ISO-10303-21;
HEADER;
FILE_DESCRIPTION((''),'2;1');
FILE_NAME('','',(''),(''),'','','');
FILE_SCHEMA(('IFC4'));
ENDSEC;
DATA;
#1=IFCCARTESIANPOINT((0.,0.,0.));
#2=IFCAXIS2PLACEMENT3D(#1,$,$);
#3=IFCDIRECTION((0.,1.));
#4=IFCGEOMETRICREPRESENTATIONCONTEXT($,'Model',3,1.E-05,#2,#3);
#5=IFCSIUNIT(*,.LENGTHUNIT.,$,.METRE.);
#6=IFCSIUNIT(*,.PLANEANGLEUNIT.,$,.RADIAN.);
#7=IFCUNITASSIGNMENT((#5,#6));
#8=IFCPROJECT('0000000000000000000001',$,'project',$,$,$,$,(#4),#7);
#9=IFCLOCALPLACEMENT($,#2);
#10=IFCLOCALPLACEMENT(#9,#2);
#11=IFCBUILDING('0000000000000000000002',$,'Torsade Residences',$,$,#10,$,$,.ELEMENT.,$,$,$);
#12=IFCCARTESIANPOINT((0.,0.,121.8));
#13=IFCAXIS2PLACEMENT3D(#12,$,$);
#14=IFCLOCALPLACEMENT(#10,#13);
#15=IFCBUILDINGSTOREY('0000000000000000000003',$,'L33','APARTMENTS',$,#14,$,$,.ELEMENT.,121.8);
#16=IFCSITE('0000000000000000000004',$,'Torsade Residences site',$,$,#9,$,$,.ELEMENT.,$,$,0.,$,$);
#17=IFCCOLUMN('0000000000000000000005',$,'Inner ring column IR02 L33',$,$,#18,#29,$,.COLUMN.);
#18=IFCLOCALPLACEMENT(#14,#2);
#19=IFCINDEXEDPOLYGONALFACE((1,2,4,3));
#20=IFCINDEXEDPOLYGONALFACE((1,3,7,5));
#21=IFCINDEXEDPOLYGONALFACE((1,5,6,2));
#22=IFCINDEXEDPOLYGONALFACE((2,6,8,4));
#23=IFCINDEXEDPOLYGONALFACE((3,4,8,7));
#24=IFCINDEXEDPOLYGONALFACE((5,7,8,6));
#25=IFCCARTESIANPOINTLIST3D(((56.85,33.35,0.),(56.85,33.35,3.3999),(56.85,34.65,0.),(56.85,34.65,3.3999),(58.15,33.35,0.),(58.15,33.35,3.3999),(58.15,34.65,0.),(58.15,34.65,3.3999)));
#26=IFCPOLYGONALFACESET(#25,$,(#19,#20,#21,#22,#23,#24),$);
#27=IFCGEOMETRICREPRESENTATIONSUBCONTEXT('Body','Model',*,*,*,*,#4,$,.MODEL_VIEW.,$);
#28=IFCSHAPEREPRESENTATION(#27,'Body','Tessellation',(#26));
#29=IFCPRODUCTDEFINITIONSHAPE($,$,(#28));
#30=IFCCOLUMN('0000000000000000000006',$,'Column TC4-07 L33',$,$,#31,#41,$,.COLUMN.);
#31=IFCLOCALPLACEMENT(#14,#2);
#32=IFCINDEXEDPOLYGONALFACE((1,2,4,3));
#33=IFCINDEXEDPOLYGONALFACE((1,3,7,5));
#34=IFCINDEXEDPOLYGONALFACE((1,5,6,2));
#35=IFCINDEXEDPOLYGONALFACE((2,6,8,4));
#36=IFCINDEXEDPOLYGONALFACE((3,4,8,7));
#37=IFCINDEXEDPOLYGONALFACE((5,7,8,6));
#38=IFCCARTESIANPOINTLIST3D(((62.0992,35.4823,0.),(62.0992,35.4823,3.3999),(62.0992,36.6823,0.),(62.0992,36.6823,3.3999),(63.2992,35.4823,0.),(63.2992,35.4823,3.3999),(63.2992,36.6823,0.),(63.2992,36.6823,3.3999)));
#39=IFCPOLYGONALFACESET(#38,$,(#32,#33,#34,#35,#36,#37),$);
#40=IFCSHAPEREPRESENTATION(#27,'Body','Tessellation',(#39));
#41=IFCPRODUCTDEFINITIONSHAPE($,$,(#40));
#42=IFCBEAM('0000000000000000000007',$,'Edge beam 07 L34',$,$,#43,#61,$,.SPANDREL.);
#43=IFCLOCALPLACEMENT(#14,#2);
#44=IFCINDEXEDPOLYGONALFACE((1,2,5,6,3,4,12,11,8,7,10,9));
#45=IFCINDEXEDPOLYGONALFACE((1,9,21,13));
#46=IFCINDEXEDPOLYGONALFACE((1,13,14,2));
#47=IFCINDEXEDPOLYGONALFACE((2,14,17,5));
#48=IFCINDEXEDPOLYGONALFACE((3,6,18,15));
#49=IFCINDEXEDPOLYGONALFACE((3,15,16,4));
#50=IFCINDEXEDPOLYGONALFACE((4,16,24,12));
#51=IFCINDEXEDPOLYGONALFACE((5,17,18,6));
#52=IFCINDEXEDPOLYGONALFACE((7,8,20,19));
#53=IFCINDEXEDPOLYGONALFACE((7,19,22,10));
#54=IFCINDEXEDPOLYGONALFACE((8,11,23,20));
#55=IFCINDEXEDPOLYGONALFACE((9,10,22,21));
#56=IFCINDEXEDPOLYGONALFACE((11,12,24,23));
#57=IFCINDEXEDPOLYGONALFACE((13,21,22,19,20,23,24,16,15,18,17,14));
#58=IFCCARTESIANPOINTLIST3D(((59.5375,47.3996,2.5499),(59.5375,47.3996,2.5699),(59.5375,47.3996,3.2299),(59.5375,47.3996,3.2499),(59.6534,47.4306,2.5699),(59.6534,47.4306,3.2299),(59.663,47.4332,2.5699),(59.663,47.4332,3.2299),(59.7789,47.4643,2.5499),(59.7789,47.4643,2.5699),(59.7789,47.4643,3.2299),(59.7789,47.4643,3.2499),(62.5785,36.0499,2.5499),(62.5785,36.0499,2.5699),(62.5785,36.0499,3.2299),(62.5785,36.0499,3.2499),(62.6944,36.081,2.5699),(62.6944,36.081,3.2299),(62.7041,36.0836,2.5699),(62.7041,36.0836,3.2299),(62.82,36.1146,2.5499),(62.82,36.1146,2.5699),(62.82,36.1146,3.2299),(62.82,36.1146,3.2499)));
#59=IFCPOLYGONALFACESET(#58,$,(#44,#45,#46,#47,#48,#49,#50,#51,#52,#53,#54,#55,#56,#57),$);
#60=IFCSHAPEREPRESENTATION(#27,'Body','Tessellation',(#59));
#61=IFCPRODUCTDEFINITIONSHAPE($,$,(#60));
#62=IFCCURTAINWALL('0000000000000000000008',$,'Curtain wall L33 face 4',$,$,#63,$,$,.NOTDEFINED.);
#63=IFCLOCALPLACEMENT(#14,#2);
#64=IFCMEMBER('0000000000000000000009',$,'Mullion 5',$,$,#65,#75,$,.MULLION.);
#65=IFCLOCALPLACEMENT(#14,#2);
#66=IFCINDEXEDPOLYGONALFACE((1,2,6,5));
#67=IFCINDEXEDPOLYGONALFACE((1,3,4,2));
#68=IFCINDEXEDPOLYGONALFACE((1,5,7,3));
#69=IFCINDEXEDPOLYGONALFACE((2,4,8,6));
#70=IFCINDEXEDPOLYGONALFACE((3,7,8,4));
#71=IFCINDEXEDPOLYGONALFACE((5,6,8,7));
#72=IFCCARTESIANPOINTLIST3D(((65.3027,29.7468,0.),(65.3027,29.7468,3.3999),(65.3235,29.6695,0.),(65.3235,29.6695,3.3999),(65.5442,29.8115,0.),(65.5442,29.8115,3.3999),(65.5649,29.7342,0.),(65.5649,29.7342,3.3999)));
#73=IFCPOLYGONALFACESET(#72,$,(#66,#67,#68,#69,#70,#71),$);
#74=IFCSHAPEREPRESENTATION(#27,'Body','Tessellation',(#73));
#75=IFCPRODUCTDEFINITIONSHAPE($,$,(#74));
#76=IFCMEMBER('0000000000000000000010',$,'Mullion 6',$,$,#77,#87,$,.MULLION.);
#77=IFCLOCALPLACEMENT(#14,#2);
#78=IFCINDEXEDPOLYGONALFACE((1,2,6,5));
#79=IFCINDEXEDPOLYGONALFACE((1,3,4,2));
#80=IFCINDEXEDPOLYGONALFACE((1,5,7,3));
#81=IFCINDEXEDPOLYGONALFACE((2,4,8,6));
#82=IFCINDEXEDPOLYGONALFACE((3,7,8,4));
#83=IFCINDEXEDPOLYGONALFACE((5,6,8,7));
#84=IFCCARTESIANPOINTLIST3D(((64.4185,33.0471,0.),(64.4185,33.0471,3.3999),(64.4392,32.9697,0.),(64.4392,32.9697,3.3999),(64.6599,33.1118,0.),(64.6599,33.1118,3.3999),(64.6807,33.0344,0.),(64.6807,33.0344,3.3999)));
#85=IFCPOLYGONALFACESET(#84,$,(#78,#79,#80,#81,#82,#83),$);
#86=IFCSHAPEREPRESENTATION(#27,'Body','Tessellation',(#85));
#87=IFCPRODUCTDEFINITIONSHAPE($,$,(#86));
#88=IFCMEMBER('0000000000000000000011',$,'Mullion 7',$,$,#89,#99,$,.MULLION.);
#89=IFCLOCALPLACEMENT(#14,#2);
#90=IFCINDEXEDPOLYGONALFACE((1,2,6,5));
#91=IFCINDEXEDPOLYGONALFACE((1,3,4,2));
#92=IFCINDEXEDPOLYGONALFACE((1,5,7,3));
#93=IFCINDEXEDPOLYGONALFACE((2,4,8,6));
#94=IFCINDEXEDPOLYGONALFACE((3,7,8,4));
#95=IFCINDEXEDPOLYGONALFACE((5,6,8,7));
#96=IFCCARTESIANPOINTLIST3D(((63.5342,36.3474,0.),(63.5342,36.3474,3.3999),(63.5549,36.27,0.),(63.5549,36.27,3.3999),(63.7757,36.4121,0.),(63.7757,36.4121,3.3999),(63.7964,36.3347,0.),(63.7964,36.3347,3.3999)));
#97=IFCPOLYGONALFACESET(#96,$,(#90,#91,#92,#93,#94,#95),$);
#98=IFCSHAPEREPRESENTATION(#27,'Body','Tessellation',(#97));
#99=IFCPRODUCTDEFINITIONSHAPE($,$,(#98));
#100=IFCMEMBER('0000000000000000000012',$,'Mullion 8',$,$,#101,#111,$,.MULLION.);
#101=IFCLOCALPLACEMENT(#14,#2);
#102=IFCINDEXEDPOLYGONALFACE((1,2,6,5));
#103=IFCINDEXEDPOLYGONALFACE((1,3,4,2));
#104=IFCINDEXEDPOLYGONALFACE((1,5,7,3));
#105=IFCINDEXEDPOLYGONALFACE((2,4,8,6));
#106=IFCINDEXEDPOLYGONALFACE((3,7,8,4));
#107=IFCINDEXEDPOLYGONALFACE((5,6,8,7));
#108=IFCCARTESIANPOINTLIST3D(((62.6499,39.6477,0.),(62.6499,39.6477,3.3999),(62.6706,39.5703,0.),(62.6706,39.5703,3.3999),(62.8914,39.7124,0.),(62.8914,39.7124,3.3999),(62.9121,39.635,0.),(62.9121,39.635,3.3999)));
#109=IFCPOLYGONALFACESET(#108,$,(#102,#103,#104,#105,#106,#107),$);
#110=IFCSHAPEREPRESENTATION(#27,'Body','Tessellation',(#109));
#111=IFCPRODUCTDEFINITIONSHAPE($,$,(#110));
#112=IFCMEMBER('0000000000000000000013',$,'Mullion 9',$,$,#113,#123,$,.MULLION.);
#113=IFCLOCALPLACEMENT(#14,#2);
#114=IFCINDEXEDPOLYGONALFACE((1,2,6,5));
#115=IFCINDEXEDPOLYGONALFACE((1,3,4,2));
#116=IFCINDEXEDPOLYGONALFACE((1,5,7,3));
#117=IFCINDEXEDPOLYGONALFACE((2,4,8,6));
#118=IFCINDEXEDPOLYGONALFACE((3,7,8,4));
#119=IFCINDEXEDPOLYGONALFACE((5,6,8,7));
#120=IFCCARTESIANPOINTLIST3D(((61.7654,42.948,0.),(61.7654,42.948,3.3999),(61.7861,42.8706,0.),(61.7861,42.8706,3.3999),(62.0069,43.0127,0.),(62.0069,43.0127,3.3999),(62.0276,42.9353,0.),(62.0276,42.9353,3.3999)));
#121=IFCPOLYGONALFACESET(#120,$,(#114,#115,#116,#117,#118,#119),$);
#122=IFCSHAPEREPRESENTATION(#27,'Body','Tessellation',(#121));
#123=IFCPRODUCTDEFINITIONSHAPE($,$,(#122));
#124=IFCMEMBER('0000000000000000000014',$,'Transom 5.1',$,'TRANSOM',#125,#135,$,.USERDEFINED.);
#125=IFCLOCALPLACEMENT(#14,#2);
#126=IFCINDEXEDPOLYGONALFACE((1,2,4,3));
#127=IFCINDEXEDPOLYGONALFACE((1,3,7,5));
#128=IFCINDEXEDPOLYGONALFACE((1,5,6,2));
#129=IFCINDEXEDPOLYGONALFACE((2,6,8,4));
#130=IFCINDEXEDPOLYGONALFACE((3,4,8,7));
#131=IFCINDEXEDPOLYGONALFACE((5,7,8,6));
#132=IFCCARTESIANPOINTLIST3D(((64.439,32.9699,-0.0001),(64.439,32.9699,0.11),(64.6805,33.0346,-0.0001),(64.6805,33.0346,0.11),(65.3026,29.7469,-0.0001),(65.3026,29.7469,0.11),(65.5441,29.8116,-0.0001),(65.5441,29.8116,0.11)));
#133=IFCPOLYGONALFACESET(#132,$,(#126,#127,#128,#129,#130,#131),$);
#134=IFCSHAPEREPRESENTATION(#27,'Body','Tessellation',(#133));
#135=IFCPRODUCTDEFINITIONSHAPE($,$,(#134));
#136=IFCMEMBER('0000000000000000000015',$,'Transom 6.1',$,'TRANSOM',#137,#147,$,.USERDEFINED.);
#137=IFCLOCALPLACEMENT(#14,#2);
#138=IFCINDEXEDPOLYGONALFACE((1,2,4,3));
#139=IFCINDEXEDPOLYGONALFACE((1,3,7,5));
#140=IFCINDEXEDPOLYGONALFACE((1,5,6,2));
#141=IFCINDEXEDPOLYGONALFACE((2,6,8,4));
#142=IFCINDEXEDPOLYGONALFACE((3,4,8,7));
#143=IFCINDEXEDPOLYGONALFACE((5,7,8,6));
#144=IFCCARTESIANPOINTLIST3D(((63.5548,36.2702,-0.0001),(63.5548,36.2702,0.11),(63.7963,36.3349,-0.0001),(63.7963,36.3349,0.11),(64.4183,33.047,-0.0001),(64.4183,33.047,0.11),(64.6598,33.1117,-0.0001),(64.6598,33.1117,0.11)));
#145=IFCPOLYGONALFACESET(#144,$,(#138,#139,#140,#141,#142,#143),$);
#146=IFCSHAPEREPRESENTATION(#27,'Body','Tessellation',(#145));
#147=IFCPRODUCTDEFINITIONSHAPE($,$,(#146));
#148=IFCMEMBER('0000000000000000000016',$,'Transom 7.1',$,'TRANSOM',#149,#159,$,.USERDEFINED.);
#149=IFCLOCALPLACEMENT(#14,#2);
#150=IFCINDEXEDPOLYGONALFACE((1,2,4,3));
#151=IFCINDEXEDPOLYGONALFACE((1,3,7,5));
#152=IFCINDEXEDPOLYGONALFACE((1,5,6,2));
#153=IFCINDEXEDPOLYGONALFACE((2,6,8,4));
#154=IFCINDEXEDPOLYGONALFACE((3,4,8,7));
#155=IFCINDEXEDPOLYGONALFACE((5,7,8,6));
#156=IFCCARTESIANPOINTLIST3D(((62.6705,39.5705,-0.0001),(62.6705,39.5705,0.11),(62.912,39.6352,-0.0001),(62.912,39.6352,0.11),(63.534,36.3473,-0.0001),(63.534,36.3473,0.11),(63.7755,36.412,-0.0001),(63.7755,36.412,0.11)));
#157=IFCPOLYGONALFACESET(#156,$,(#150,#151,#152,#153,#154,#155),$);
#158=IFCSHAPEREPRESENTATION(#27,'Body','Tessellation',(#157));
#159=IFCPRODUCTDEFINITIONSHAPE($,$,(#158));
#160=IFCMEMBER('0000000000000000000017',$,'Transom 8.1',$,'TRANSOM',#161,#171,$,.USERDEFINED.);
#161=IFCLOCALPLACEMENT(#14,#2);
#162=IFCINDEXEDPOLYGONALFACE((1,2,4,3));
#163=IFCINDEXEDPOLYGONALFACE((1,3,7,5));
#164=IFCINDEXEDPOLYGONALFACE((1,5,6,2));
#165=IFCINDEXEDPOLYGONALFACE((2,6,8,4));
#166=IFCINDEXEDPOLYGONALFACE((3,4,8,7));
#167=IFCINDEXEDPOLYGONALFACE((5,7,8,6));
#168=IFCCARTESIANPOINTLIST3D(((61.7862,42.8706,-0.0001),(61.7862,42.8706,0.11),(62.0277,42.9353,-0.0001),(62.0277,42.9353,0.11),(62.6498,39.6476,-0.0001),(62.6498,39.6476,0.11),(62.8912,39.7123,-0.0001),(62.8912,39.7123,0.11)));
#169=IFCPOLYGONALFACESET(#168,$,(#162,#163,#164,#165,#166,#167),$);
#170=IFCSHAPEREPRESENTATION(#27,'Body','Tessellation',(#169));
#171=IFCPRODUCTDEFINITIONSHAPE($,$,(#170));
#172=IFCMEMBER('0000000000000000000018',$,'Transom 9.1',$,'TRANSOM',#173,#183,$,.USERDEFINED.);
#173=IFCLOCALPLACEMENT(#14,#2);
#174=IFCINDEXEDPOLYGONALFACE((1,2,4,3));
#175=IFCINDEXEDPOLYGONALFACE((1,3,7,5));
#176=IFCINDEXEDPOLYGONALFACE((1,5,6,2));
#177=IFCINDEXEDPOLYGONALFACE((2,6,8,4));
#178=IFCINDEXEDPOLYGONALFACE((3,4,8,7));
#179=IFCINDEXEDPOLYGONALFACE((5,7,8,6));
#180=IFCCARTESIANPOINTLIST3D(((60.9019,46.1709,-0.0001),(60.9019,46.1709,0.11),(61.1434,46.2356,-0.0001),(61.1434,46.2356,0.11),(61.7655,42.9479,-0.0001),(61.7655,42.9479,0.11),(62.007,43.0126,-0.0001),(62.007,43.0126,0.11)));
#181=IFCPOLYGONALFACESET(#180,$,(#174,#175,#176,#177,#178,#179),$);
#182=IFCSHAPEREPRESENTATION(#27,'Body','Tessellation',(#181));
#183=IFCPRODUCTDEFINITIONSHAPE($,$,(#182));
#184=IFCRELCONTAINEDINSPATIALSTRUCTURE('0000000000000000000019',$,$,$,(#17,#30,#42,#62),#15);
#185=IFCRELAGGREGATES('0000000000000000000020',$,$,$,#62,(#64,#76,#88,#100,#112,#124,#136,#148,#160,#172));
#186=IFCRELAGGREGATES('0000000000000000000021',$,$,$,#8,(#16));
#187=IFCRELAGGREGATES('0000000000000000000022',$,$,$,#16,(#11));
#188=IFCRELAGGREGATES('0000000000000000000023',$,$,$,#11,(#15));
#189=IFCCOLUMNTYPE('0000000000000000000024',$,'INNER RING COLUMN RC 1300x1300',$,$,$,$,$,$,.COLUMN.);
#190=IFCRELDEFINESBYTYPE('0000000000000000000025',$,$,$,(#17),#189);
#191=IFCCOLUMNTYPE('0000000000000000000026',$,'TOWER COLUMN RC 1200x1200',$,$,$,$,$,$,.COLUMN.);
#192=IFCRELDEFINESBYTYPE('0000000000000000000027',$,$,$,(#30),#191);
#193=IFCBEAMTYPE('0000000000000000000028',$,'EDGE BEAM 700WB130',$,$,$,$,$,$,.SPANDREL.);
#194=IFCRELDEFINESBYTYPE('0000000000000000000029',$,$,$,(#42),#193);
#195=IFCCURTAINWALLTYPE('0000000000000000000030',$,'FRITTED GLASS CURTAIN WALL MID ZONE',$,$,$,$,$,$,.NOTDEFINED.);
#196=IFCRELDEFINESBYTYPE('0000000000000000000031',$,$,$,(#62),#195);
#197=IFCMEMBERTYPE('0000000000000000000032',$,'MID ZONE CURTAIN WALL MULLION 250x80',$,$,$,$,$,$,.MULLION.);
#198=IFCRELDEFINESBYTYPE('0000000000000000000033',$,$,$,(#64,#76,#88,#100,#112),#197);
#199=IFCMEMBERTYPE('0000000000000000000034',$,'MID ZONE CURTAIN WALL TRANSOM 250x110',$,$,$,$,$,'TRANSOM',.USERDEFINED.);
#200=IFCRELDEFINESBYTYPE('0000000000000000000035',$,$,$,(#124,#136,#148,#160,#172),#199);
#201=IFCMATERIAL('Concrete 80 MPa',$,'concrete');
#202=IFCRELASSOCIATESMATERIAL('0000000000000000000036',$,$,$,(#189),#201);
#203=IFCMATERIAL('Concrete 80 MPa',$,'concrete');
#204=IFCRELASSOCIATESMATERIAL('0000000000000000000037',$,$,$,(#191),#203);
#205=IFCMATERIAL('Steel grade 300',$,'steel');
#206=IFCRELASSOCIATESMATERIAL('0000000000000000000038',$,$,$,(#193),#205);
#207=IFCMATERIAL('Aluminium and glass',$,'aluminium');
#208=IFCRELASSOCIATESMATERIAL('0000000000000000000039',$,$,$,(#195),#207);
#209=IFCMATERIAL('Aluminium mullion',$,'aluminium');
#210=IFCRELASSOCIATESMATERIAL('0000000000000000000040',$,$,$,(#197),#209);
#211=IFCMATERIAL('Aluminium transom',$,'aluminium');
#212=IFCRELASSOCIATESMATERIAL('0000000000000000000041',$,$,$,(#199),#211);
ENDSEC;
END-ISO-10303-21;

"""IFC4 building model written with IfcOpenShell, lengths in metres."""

from ifc_helpers import new_model, si_unit, direction, frame, origin, origin_2d, place, context, subcontext, project, spatial, rectangle, i_section, extrude, material, material_profile, profile_set, type_object, element, aggregate, save


model = new_model("IFC4")

# Units and contexts
model_context = context("Model", 3, precision=1e-05, world=origin(), true_north=direction((0.0, 1.0)))
body_context = subcontext(model_context, "Body", "Model", "MODEL_VIEW")
ifc_project = project(units=[si_unit("LENGTHUNIT", "METRE"), si_unit("PLANEANGLEUNIT", "RADIAN")], contexts=[model_context])

# Site, building, storey
site_placement = place(None, origin())
site = spatial("IfcSite", under=ifc_project, at=site_placement, Name="Torsade Residences site", CompositionType="ELEMENT", RefElevation=0.0)
building_placement = place(site_placement, origin())
building = spatial("IfcBuilding", under=site, at=building_placement, Name="Torsade Residences", CompositionType="ELEMENT")
storey_placement = place(building_placement, frame((0.0, 0.0, 121.8)))
storey = spatial("IfcBuildingStorey", under=building, at=storey_placement, Name="L33", Description="APARTMENTS", CompositionType="ELEMENT", Elevation=121.8)

# Columns
ifc_material_1 = material(Name="Concrete 80 MPa", Category="concrete")
ifc_material_profile_1 = material_profile(ifc_material_1, rectangle(XDim=1.3, YDim=1.3, at=origin_2d()), Name="RC 1300x1300")
ifc_profile_set_1 = profile_set([ifc_material_profile_1], Name="Concrete 80 MPa")
column_type_1 = type_object("IfcColumnType", Name="INNER RING COLUMN RC 1300x1300", PredefinedType="COLUMN", material=ifc_profile_set_1)
column_1_placement = place(storey_placement, frame((57.5, 34.0, 0.0), z_axis=(0.0, 0.0, 1.0), x_axis=(1.0, 0.0, 0.0)))
element("IfcColumn", 1, at=column_1_placement, inside=storey, type_object=column_type_1, Name="Inner ring column IR02 L33", PredefinedType="COLUMN", context=body_context, shape_type="SweptSolid", body=[
    extrude(rectangle(XDim=1.3, YDim=1.3, at=origin_2d()), origin(), (0.0, 0.0, 1.0), 3.3999),
])
ifc_material_2 = material(Name="Concrete 80 MPa", Category="concrete")
ifc_material_profile_2 = material_profile(ifc_material_2, rectangle(XDim=1.2, YDim=1.2, at=origin_2d()), Name="RC 1200x1200")
ifc_profile_set_2 = profile_set([ifc_material_profile_2], Name="Concrete 80 MPa")
column_type_2 = type_object("IfcColumnType", Name="TOWER COLUMN RC 1200x1200", PredefinedType="COLUMN", material=ifc_profile_set_2)
column_2_placement = place(storey_placement, frame((62.6992, 36.0823, 0.0), z_axis=(0.0, 0.0, 1.0), x_axis=(1.0, 0.0, 0.0)))
element("IfcColumn", 2, at=column_2_placement, inside=storey, type_object=column_type_2, Name="Column TC4-07 L33", PredefinedType="COLUMN", context=body_context, shape_type="SweptSolid", body=[
    extrude(rectangle(XDim=1.2, YDim=1.2, at=origin_2d()), origin(), (0.0, 0.0, 1.0), 3.3999),
])

# Beam
ifc_material_3 = material(Name="Steel grade 300", Category="steel")
ifc_material_profile_3 = material_profile(ifc_material_3, i_section(OverallWidth=0.25, OverallDepth=0.7, WebThickness=0.01, FlangeThickness=0.02, at=origin_2d()), Name="700WB130")
ifc_profile_set_3 = profile_set([ifc_material_profile_3], Name="Steel grade 300")
beam_type_1 = type_object("IfcBeamType", Name="EDGE BEAM 700WB130", PredefinedType="SPANDREL", material=ifc_profile_set_3)
beam_1_placement = place(storey_placement, frame((62.6992, 36.0823, 2.8999), z_axis=(-0.258811, 0.965928, 0.0), x_axis=(-0.965928, -0.258811, 0.0)))
element("IfcBeam", 3, at=beam_1_placement, inside=storey, type_object=beam_type_1, Name="Edge beam 07 L34", PredefinedType="SPANDREL", context=body_context, shape_type="SweptSolid", body=[
    extrude(i_section(OverallWidth=0.25, OverallDepth=0.7, WebThickness=0.01, FlangeThickness=0.02, at=origin_2d()), origin(), (0.0, 0.0, 1.0), 11.75),
])

# Curtain wall, members
ifc_material_4 = material(Name="Aluminium and glass", Category="aluminium")
curtain_wall_type = type_object("IfcCurtainWallType", Name="FRITTED GLASS CURTAIN WALL MID ZONE", PredefinedType="NOTDEFINED", material=ifc_material_4)
curtain_wall_placement = place(storey_placement, origin())
curtain_wall = element("IfcCurtainWall", 4, at=curtain_wall_placement, inside=storey, type_object=curtain_wall_type, Name="Curtain wall L33 face 4", PredefinedType="NOTDEFINED")
ifc_material_5 = material(Name="Aluminium mullion", Category="aluminium")
ifc_material_profile_4 = material_profile(ifc_material_5, rectangle(XDim=0.25, YDim=0.0801, at=origin_2d()), Name="MID ZONE CURTAIN WALL MULLION 250x80")
ifc_profile_set_4 = profile_set([ifc_material_profile_4], Name="Aluminium mullion")
member_type_1 = type_object("IfcMemberType", Name="MID ZONE CURTAIN WALL MULLION 250x80", PredefinedType="MULLION", material=ifc_profile_set_4)
member_1_placement = place(storey_placement, frame((65.4338, 29.7405, 0.0), z_axis=(0.0, 0.0, 1.0), x_axis=(-0.965926, -0.258819, 0.0)))
member_1 = element("IfcMember", 5, at=member_1_placement, type_object=member_type_1, Name="Mullion 5", PredefinedType="MULLION", context=body_context, shape_type="SweptSolid", body=[
    extrude(rectangle(XDim=0.25, YDim=0.0801, at=origin_2d()), origin(), (0.0, 0.0, 1.0), 3.3999),
])
member_2_placement = place(storey_placement, frame((64.5496, 33.0408, 0.0), z_axis=(0.0, 0.0, 1.0), x_axis=(-0.965926, -0.258819, 0.0)))
member_2 = element("IfcMember", 6, at=member_2_placement, type_object=member_type_1, Name="Mullion 6", PredefinedType="MULLION", context=body_context, shape_type="SweptSolid", body=[
    extrude(rectangle(XDim=0.25, YDim=0.0801, at=origin_2d()), origin(), (0.0, 0.0, 1.0), 3.3999),
])
member_3_placement = place(storey_placement, frame((63.6653, 36.3411, 0.0), z_axis=(0.0, 0.0, 1.0), x_axis=(-0.965926, -0.258819, 0.0)))
member_3 = element("IfcMember", 7, at=member_3_placement, type_object=member_type_1, Name="Mullion 7", PredefinedType="MULLION", context=body_context, shape_type="SweptSolid", body=[
    extrude(rectangle(XDim=0.25, YDim=0.0801, at=origin_2d()), origin(), (0.0, 0.0, 1.0), 3.3999),
])
member_4_placement = place(storey_placement, frame((62.781, 39.6414, 0.0), z_axis=(0.0, 0.0, 1.0), x_axis=(-0.965926, -0.258819, 0.0)))
member_4 = element("IfcMember", 8, at=member_4_placement, type_object=member_type_1, Name="Mullion 8", PredefinedType="MULLION", context=body_context, shape_type="SweptSolid", body=[
    extrude(rectangle(XDim=0.25, YDim=0.0801, at=origin_2d()), origin(), (0.0, 0.0, 1.0), 3.3999),
])
member_5_placement = place(storey_placement, frame((61.8965, 42.9417, 0.0), z_axis=(0.0, 0.0, 1.0), x_axis=(-0.965926, -0.258819, 0.0)))
member_5 = element("IfcMember", 9, at=member_5_placement, type_object=member_type_1, Name="Mullion 9", PredefinedType="MULLION", context=body_context, shape_type="SweptSolid", body=[
    extrude(rectangle(XDim=0.25, YDim=0.0801, at=origin_2d()), origin(), (0.0, 0.0, 1.0), 3.3999),
])
ifc_material_6 = material(Name="Aluminium transom", Category="aluminium")
ifc_material_profile_5 = material_profile(ifc_material_6, rectangle(XDim=0.25, YDim=0.1101, at=origin_2d()), Name="MID ZONE CURTAIN WALL TRANSOM 250x110")
ifc_profile_set_5 = profile_set([ifc_material_profile_5], Name="Aluminium transom")
member_type_2 = type_object("IfcMemberType", Name="MID ZONE CURTAIN WALL TRANSOM 250x110", ElementType="TRANSOM", PredefinedType="USERDEFINED", material=ifc_profile_set_5)
member_6_placement = place(storey_placement, frame((65.4233, 29.7793, 0.0549), z_axis=(-0.258806, 0.965929, 0.0), x_axis=(-0.965929, -0.258806, 0.0)))
member_6 = element("IfcMember", 10, at=member_6_placement, type_object=member_type_2, Name="Transom 5.1", ObjectType="TRANSOM", PredefinedType="USERDEFINED", context=body_context, shape_type="SweptSolid", body=[
    extrude(rectangle(XDim=0.25, YDim=0.1101, at=origin_2d()), origin(), (0.0, 0.0, 1.0), 3.3367),
])
member_7_placement = place(storey_placement, frame((64.5391, 33.0793, 0.0549), z_axis=(-0.258787, 0.965934, 0.0), x_axis=(-0.965934, -0.258787, 0.0)))
member_7 = element("IfcMember", 11, at=member_7_placement, type_object=member_type_2, Name="Transom 6.1", ObjectType="TRANSOM", PredefinedType="USERDEFINED", context=body_context, shape_type="SweptSolid", body=[
    extrude(rectangle(XDim=0.25, YDim=0.1101, at=origin_2d()), origin(), (0.0, 0.0, 1.0), 3.3369),
])
member_8_placement = place(storey_placement, frame((63.6548, 36.3796, 0.0549), z_axis=(-0.258787, 0.965934, 0.0), x_axis=(-0.965934, -0.258787, 0.0)))
member_8 = element("IfcMember", 12, at=member_8_placement, type_object=member_type_2, Name="Transom 7.1", ObjectType="TRANSOM", PredefinedType="USERDEFINED", context=body_context, shape_type="SweptSolid", body=[
    extrude(rectangle(XDim=0.25, YDim=0.1101, at=origin_2d()), origin(), (0.0, 0.0, 1.0), 3.3369),
])
member_9_placement = place(storey_placement, frame((62.7705, 39.6799, 0.0549), z_axis=(-0.258806, 0.965929, 0.0), x_axis=(-0.965929, -0.258806, 0.0)))
member_9 = element("IfcMember", 13, at=member_9_placement, type_object=member_type_2, Name="Transom 8.1", ObjectType="TRANSOM", PredefinedType="USERDEFINED", context=body_context, shape_type="SweptSolid", body=[
    extrude(rectangle(XDim=0.25, YDim=0.1101, at=origin_2d()), origin(), (0.0, 0.0, 1.0), 3.3367),
])
member_10_placement = place(storey_placement, frame((61.8862, 42.9802, 0.0549), z_axis=(-0.258806, 0.965929, 0.0), x_axis=(-0.965929, -0.258806, 0.0)))
member_10 = element("IfcMember", 14, at=member_10_placement, type_object=member_type_2, Name="Transom 9.1", ObjectType="TRANSOM", PredefinedType="USERDEFINED", context=body_context, shape_type="SweptSolid", body=[
    extrude(rectangle(XDim=0.25, YDim=0.1101, at=origin_2d()), origin(), (0.0, 0.0, 1.0), 3.3367),
])

aggregate(curtain_wall, [member_1, member_2, member_3, member_4, member_5, member_6, member_7, member_8, member_9, member_10])

save(model, "model.ifc")
